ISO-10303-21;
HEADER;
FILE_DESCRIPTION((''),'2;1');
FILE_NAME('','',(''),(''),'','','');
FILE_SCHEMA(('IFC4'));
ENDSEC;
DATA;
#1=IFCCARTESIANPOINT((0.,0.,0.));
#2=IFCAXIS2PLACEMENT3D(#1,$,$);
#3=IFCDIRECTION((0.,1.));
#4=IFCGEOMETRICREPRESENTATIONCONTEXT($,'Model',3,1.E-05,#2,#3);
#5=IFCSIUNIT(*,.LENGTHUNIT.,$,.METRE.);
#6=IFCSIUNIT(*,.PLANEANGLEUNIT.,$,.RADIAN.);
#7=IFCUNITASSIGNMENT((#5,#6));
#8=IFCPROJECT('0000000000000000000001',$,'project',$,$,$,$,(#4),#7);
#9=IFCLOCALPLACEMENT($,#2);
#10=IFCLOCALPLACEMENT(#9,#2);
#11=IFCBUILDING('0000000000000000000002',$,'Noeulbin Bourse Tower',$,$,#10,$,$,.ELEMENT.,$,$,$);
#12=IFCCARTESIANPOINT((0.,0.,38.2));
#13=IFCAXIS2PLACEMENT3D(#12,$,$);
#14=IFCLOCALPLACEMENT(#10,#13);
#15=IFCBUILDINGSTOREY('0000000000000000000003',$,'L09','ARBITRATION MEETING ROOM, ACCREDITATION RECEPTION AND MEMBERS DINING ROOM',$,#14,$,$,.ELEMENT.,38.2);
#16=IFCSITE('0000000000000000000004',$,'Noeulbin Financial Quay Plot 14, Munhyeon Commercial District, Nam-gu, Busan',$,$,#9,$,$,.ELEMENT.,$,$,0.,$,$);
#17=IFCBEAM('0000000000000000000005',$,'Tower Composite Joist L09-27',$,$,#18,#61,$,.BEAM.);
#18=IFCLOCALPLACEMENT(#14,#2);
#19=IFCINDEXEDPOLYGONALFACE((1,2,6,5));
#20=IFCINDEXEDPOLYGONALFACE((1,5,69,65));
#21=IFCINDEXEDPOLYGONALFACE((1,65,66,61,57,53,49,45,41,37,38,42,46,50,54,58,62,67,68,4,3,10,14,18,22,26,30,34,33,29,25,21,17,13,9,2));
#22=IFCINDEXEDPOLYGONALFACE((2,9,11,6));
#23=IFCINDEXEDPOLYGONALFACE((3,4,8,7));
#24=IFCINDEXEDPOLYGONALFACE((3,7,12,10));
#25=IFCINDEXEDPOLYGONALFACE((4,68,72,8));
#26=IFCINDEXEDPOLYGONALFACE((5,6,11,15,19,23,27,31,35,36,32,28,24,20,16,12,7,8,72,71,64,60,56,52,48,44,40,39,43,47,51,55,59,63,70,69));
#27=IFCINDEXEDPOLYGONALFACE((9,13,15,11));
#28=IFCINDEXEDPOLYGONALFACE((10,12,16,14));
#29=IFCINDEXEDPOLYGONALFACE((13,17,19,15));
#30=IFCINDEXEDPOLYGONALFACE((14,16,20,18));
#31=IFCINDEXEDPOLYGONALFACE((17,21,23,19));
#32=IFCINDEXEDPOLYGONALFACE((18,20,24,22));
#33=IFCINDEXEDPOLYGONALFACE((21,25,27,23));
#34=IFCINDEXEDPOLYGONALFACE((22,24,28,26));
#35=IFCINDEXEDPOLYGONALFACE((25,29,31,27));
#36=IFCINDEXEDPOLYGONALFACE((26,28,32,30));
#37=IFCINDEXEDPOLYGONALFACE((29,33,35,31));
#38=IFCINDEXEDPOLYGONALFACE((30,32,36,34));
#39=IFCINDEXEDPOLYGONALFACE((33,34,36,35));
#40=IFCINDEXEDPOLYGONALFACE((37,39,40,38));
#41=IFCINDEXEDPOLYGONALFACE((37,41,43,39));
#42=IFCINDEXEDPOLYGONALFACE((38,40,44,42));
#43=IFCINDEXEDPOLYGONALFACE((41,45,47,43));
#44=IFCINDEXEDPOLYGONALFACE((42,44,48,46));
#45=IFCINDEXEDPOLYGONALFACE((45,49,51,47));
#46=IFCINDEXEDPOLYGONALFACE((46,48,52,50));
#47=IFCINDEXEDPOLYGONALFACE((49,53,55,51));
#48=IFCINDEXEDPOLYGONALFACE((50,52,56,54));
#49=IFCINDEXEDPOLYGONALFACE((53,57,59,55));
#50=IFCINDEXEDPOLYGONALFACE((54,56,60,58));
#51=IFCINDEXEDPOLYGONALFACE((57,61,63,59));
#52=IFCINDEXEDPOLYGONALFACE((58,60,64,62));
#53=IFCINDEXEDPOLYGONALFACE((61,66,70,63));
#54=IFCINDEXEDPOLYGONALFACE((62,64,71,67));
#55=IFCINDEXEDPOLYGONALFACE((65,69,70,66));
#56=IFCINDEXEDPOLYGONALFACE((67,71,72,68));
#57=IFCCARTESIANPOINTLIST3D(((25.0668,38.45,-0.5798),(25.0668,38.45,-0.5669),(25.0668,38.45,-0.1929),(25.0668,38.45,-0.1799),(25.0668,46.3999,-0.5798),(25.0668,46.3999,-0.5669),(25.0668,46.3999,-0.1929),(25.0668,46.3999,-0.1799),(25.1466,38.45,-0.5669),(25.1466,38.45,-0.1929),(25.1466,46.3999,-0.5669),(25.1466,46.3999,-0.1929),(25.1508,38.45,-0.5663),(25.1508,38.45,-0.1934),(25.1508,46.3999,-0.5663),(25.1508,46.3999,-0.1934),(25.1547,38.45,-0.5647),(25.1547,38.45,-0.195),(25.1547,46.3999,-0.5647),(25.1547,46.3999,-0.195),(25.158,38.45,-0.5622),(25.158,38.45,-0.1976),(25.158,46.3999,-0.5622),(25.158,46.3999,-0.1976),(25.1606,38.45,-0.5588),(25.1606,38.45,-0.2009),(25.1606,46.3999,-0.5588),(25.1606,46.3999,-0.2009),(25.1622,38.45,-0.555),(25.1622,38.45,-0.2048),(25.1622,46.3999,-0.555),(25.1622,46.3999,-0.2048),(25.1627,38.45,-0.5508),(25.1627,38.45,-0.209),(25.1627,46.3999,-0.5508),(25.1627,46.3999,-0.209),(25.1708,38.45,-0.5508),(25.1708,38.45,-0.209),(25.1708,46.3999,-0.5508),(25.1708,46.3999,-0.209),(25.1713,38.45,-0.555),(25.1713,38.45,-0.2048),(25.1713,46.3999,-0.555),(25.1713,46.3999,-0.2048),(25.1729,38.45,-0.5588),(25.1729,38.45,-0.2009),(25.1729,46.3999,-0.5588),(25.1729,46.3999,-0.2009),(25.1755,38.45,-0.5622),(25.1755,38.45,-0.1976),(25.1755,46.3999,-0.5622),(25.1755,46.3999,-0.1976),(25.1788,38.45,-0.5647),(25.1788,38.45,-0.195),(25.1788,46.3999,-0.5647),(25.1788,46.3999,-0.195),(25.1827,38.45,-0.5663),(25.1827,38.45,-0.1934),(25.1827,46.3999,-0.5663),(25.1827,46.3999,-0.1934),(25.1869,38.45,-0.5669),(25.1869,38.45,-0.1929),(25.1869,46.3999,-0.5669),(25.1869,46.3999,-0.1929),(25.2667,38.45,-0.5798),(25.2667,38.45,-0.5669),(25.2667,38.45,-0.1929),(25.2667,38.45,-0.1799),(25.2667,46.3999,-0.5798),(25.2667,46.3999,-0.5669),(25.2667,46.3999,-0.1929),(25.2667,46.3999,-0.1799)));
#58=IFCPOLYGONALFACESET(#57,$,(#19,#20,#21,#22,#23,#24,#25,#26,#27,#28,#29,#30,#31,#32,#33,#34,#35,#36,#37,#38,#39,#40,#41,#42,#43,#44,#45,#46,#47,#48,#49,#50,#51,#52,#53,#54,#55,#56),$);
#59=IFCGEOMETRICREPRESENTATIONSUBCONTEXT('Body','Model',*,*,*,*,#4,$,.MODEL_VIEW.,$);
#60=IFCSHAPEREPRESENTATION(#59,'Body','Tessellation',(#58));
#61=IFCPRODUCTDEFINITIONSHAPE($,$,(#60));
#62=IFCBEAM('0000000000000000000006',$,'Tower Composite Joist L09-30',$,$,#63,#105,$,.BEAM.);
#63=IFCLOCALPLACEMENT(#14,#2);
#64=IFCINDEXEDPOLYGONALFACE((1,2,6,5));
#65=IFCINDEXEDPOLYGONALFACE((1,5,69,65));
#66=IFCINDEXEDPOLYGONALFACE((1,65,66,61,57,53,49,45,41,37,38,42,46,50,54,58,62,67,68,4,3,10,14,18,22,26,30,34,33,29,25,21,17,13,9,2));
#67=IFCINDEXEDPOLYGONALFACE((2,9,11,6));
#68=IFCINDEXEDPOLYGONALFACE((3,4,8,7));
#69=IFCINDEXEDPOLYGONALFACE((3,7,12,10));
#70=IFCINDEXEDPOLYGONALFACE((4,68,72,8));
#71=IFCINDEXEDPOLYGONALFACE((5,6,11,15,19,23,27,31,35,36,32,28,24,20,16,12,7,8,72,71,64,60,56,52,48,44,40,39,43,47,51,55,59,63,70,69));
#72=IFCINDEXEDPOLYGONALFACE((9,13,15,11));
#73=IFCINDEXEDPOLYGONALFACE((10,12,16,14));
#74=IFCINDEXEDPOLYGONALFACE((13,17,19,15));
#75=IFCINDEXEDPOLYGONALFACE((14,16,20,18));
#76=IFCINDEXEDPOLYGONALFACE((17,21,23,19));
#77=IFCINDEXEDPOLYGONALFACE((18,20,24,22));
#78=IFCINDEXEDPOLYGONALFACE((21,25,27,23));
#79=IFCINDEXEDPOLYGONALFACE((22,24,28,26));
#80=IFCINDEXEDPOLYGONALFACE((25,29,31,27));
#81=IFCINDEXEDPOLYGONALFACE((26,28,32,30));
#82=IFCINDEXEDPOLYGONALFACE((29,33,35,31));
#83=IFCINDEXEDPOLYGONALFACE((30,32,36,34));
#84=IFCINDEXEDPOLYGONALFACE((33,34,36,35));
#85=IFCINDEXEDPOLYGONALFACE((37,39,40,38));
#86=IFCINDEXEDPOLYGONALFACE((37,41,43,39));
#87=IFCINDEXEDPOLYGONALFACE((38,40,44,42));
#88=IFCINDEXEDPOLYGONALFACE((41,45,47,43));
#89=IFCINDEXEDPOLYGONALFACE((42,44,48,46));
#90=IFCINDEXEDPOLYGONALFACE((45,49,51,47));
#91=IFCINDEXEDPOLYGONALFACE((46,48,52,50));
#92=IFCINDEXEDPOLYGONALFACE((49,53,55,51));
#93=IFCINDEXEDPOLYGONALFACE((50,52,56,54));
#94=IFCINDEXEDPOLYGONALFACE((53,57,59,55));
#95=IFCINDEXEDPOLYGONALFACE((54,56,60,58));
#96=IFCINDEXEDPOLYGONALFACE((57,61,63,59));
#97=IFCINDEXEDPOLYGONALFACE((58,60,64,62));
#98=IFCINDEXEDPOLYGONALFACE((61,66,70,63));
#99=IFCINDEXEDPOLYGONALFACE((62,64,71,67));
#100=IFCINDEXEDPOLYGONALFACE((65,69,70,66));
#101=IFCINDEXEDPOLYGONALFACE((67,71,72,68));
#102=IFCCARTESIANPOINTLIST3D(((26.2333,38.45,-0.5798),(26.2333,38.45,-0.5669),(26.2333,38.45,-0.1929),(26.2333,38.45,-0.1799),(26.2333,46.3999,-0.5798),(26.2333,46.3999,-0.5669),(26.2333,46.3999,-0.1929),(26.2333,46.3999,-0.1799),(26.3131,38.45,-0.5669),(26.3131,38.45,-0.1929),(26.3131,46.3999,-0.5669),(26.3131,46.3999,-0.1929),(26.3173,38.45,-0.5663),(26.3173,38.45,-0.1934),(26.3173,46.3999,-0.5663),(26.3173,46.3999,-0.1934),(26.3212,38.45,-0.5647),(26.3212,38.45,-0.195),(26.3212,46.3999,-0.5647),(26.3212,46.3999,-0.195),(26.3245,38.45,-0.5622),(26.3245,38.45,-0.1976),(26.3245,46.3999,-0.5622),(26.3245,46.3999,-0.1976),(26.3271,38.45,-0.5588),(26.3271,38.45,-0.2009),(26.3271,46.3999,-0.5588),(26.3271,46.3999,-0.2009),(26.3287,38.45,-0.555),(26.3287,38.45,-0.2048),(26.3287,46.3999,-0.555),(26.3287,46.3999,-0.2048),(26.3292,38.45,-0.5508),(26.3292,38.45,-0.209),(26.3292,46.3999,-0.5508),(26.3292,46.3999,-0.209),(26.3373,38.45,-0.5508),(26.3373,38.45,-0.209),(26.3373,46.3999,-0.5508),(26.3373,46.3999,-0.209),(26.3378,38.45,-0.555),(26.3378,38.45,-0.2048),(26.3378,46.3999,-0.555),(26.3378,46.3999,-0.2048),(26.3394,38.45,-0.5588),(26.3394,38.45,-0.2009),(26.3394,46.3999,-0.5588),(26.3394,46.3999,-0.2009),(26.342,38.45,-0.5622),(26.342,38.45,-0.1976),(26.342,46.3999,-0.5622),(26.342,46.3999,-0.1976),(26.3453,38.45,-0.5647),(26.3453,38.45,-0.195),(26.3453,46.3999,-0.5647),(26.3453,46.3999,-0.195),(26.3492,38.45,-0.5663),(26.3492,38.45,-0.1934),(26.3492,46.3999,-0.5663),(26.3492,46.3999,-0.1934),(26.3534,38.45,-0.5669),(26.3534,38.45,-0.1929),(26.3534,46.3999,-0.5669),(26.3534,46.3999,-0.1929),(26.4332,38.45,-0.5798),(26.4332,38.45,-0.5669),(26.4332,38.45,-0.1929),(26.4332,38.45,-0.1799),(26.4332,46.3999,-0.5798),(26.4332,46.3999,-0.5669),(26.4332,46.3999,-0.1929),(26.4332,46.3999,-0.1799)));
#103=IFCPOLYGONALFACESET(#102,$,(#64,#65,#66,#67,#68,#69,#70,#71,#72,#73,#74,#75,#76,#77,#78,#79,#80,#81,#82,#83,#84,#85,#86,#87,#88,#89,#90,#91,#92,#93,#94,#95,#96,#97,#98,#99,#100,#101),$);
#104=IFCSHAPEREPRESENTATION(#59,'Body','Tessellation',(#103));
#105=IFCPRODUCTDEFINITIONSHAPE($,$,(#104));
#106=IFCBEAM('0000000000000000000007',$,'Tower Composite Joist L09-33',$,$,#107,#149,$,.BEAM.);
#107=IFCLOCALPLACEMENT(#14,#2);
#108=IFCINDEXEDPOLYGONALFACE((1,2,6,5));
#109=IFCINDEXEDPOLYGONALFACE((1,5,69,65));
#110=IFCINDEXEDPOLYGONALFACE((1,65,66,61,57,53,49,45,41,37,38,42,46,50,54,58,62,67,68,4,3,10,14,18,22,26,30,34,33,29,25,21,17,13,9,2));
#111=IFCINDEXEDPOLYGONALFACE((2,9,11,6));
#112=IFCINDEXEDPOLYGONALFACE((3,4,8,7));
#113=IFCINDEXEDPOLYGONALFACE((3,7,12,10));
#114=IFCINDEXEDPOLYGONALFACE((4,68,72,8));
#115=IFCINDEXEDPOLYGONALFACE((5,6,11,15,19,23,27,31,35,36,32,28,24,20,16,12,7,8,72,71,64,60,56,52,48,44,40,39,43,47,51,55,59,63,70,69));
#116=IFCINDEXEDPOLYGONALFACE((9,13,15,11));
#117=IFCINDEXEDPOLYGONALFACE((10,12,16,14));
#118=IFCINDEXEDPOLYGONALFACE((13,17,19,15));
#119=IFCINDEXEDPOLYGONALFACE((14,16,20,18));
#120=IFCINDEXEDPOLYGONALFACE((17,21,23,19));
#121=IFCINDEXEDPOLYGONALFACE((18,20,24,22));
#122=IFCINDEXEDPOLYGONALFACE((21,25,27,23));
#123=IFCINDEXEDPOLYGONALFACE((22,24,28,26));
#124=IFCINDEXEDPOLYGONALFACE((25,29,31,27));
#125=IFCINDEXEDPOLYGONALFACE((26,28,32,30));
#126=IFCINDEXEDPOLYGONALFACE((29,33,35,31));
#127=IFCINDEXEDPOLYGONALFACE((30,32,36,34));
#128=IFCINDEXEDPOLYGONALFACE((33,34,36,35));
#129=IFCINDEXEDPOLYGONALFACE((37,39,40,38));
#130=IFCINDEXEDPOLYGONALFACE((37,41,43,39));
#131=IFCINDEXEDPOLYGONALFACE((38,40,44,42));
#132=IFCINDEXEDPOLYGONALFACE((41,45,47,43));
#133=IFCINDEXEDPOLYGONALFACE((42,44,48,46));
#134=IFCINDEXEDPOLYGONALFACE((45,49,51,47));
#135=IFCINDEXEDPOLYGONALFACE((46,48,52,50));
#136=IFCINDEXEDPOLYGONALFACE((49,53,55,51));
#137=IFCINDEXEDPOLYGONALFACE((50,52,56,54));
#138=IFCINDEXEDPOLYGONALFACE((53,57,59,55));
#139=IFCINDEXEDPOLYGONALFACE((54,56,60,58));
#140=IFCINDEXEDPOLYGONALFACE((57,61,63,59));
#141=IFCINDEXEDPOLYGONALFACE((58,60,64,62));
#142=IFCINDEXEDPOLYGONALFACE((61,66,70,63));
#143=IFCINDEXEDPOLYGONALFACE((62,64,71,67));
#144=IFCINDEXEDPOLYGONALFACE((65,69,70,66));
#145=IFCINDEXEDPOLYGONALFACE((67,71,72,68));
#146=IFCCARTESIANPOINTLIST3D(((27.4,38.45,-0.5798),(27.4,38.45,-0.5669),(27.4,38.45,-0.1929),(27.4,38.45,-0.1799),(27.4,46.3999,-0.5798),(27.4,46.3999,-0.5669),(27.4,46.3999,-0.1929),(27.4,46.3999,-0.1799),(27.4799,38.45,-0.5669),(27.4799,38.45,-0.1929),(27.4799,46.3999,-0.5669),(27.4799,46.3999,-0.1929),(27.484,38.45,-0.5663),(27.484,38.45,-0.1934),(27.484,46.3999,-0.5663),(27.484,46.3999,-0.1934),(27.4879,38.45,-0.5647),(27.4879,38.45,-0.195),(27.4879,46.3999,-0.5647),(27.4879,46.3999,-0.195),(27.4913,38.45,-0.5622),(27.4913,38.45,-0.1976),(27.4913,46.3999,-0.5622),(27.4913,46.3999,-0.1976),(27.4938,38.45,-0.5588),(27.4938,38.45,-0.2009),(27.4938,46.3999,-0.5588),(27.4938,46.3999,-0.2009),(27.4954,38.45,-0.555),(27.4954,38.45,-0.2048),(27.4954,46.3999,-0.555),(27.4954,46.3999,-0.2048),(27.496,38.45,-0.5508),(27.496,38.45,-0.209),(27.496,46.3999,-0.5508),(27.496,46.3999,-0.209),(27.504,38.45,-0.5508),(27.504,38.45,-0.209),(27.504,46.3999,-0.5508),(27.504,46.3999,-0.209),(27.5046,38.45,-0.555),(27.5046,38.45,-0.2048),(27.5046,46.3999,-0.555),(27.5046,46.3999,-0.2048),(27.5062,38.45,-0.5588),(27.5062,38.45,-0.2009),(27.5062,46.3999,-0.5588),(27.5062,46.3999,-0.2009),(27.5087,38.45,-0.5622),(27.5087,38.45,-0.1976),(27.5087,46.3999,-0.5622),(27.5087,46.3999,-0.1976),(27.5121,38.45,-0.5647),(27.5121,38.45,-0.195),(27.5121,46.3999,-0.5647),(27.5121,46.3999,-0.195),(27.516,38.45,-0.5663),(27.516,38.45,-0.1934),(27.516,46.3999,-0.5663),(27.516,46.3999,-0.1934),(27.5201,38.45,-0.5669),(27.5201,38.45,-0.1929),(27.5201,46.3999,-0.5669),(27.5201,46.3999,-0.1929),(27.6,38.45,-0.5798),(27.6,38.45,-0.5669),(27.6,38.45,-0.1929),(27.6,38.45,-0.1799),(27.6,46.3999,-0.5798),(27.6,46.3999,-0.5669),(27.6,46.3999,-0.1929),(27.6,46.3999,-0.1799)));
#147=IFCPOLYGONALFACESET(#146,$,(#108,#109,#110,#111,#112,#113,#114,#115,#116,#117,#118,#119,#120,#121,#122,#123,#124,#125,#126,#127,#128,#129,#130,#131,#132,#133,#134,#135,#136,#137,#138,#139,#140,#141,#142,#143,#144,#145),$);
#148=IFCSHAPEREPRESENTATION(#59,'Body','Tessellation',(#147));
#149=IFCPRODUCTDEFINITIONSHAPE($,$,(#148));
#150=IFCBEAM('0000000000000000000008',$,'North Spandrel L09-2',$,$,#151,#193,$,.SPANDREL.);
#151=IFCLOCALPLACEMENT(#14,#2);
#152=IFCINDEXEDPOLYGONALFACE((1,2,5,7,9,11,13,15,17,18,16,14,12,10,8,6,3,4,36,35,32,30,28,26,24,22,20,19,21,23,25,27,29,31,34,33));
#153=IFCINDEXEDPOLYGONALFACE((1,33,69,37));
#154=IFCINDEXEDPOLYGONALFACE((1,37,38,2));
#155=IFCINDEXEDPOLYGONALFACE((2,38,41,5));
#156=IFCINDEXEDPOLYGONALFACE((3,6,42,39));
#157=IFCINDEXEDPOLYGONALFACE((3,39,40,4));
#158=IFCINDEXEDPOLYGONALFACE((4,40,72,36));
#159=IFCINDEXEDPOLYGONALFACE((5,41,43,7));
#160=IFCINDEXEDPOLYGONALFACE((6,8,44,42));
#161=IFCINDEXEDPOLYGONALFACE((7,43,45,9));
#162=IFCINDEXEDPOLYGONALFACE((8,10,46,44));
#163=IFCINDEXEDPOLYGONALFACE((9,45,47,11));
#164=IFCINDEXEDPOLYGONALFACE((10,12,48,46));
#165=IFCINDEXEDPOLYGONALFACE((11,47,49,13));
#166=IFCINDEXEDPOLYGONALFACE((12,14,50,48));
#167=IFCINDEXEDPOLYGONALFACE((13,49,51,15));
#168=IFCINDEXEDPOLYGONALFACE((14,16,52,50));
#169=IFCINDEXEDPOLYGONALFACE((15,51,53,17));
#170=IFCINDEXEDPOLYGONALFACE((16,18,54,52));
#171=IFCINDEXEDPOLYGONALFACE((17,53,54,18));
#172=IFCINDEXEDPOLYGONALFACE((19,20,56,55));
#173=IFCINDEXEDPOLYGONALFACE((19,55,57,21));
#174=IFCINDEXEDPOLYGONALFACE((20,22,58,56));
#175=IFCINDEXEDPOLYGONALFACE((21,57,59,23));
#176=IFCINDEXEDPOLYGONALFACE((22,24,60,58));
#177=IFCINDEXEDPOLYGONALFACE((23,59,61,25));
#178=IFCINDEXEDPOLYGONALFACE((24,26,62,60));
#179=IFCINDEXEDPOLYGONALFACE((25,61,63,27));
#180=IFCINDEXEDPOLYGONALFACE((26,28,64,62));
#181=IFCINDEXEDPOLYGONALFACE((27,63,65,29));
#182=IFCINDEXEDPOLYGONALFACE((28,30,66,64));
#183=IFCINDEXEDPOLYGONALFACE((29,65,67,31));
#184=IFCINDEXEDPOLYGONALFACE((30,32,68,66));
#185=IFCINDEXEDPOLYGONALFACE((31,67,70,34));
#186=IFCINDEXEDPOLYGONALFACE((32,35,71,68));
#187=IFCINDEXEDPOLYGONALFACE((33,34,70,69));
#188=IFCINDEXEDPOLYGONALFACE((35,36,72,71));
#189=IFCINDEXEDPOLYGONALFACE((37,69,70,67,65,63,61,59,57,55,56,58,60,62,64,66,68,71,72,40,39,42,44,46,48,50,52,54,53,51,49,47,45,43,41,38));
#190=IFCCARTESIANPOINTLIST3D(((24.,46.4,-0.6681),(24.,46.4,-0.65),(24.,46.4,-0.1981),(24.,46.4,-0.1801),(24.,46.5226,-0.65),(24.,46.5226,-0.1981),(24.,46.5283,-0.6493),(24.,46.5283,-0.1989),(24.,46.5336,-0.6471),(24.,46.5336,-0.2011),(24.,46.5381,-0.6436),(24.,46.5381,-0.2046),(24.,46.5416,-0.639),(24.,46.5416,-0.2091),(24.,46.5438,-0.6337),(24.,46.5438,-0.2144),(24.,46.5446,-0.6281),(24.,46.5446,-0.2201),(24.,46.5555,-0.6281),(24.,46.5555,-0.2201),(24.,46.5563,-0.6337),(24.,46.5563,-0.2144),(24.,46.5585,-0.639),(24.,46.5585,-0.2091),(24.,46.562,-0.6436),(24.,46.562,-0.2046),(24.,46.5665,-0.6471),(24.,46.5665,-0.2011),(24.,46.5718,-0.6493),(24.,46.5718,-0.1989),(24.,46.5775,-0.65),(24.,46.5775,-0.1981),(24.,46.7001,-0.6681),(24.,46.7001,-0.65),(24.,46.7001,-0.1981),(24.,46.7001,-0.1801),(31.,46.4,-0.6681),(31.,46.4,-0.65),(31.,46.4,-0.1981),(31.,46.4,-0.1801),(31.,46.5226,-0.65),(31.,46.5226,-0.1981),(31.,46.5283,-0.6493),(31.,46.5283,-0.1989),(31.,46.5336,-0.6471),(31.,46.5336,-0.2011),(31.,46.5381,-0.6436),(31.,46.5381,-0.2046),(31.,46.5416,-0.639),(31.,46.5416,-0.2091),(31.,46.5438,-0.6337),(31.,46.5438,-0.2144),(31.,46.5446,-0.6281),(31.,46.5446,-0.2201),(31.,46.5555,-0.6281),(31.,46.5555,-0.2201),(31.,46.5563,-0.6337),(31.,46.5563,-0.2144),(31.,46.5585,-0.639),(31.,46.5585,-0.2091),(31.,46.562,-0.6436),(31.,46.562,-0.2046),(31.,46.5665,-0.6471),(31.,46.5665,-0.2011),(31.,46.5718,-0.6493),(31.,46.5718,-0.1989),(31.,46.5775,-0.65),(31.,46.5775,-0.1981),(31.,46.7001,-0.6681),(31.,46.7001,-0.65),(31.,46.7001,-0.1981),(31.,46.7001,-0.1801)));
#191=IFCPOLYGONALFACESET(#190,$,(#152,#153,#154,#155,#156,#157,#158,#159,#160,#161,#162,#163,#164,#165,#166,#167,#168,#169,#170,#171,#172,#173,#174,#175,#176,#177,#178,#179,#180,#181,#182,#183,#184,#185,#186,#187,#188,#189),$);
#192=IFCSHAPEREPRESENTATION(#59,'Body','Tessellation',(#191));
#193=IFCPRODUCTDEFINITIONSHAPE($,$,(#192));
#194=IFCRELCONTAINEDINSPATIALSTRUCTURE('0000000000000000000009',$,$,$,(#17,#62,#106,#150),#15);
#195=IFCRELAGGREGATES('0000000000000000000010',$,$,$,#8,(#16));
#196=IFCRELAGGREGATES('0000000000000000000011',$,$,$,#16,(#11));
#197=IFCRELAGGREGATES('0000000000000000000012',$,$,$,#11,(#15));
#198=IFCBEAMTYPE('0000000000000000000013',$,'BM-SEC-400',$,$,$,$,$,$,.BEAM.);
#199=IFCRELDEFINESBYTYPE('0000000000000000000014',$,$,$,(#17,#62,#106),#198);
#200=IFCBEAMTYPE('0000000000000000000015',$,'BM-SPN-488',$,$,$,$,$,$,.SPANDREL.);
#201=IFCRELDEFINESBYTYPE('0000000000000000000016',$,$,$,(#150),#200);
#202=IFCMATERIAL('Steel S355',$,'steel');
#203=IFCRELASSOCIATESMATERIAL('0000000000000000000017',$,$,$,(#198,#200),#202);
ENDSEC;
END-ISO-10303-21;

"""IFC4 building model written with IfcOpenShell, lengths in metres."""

from ifc_helpers import new_model, si_unit, direction, frame, origin, origin_2d, place, context, subcontext, project, spatial, i_section, extrude, material, material_profile, profile_set, type_object, element, save


model = new_model("IFC4")

# Units and contexts
model_context = context("Model", 3, precision=1e-05, world=origin(), true_north=direction((0.0, 1.0)))
body_context = subcontext(model_context, "Body", "Model", "MODEL_VIEW")
ifc_project = project(units=[si_unit("LENGTHUNIT", "METRE"), si_unit("PLANEANGLEUNIT", "RADIAN")], contexts=[model_context])

# Site, building, storey
site_placement = place(None, origin())
site = spatial("IfcSite", under=ifc_project, at=site_placement, Name="Noeulbin Financial Quay Plot 14, Munhyeon Commercial District, Nam-gu, Busan", CompositionType="ELEMENT", RefElevation=0.0)
building_placement = place(site_placement, origin())
building = spatial("IfcBuilding", under=site, at=building_placement, Name="Noeulbin Bourse Tower", CompositionType="ELEMENT")
storey_placement = place(building_placement, frame((0.0, 0.0, 38.2)))
storey = spatial("IfcBuildingStorey", under=building, at=storey_placement, Name="L09", Description="ARBITRATION MEETING ROOM, ACCREDITATION RECEPTION AND MEMBERS DINING ROOM", CompositionType="ELEMENT", Elevation=38.2)

# Beams
ifc_material_1 = material(Name="Steel S355", Category="steel")
ifc_material_profile_1 = material_profile(ifc_material_1, i_section(OverallWidth=0.2, OverallDepth=0.3999, WebThickness=0.0081, FlangeThickness=0.0129, FilletRadius=0.0161, at=origin_2d()), Name="H-400x200x8x13", Category="LoadBearing")
ifc_profile_set_1 = profile_set([ifc_material_profile_1], Name="Steel S355")
beam_type_1 = type_object("IfcBeamType", Name="BM-SEC-400", PredefinedType="BEAM", material=ifc_profile_set_1)
for number, where, z_axis, x_axis, name in (
    (1, (25.1667, 38.45, -0.3799), (0.0, 1.0, 0.0), (-1.0, 0.0, 0.0), "Tower Composite Joist L09-27"),
    (2, (26.3333, 38.45, -0.3799), (0.0, 1.0, 0.0), (-1.0, 0.0, 0.0), "Tower Composite Joist L09-30"),
    (3, (27.5, 38.45, -0.3799), (0.0, 1.0, 0.0), (-1.0, 0.0, 0.0), "Tower Composite Joist L09-33"),
):
    element("IfcBeam", number, at=place(storey_placement, frame(where, z_axis=z_axis, x_axis=x_axis)), inside=storey, type_object=beam_type_1, Name=name, PredefinedType="BEAM", context=body_context, shape_type="SweptSolid", body=[
        extrude(i_section(OverallWidth=0.2, OverallDepth=0.3999, WebThickness=0.0081, FlangeThickness=0.0129, FilletRadius=0.0161, at=origin_2d()), origin(), (0.0, 0.0, 1.0), 7.95),
    ])
ifc_material_profile_2 = material_profile(ifc_material_1, i_section(OverallWidth=0.3, OverallDepth=0.488, WebThickness=0.011, FlangeThickness=0.0181, FilletRadius=0.022, at=origin_2d()), Name="H-488x300x11x18", Category="LoadBearing")
ifc_profile_set_2 = profile_set([ifc_material_profile_2], Name="Steel S355")
beam_type_2 = type_object("IfcBeamType", Name="BM-SPN-488", PredefinedType="SPANDREL", material=ifc_profile_set_2)
beam_1_placement = place(storey_placement, frame((24.0, 46.55, -0.4241), z_axis=(1.0, 0.0, 0.0), x_axis=(0.0, 1.0, 0.0)))
element("IfcBeam", 4, at=beam_1_placement, inside=storey, type_object=beam_type_2, Name="North Spandrel L09-2", PredefinedType="SPANDREL", context=body_context, shape_type="SweptSolid", body=[
    extrude(i_section(OverallWidth=0.3, OverallDepth=0.488, WebThickness=0.011, FlangeThickness=0.0181, FilletRadius=0.022, at=origin_2d()), origin(), (0.0, 0.0, 1.0), 7.0),
])

save(model, "model.ifc")
